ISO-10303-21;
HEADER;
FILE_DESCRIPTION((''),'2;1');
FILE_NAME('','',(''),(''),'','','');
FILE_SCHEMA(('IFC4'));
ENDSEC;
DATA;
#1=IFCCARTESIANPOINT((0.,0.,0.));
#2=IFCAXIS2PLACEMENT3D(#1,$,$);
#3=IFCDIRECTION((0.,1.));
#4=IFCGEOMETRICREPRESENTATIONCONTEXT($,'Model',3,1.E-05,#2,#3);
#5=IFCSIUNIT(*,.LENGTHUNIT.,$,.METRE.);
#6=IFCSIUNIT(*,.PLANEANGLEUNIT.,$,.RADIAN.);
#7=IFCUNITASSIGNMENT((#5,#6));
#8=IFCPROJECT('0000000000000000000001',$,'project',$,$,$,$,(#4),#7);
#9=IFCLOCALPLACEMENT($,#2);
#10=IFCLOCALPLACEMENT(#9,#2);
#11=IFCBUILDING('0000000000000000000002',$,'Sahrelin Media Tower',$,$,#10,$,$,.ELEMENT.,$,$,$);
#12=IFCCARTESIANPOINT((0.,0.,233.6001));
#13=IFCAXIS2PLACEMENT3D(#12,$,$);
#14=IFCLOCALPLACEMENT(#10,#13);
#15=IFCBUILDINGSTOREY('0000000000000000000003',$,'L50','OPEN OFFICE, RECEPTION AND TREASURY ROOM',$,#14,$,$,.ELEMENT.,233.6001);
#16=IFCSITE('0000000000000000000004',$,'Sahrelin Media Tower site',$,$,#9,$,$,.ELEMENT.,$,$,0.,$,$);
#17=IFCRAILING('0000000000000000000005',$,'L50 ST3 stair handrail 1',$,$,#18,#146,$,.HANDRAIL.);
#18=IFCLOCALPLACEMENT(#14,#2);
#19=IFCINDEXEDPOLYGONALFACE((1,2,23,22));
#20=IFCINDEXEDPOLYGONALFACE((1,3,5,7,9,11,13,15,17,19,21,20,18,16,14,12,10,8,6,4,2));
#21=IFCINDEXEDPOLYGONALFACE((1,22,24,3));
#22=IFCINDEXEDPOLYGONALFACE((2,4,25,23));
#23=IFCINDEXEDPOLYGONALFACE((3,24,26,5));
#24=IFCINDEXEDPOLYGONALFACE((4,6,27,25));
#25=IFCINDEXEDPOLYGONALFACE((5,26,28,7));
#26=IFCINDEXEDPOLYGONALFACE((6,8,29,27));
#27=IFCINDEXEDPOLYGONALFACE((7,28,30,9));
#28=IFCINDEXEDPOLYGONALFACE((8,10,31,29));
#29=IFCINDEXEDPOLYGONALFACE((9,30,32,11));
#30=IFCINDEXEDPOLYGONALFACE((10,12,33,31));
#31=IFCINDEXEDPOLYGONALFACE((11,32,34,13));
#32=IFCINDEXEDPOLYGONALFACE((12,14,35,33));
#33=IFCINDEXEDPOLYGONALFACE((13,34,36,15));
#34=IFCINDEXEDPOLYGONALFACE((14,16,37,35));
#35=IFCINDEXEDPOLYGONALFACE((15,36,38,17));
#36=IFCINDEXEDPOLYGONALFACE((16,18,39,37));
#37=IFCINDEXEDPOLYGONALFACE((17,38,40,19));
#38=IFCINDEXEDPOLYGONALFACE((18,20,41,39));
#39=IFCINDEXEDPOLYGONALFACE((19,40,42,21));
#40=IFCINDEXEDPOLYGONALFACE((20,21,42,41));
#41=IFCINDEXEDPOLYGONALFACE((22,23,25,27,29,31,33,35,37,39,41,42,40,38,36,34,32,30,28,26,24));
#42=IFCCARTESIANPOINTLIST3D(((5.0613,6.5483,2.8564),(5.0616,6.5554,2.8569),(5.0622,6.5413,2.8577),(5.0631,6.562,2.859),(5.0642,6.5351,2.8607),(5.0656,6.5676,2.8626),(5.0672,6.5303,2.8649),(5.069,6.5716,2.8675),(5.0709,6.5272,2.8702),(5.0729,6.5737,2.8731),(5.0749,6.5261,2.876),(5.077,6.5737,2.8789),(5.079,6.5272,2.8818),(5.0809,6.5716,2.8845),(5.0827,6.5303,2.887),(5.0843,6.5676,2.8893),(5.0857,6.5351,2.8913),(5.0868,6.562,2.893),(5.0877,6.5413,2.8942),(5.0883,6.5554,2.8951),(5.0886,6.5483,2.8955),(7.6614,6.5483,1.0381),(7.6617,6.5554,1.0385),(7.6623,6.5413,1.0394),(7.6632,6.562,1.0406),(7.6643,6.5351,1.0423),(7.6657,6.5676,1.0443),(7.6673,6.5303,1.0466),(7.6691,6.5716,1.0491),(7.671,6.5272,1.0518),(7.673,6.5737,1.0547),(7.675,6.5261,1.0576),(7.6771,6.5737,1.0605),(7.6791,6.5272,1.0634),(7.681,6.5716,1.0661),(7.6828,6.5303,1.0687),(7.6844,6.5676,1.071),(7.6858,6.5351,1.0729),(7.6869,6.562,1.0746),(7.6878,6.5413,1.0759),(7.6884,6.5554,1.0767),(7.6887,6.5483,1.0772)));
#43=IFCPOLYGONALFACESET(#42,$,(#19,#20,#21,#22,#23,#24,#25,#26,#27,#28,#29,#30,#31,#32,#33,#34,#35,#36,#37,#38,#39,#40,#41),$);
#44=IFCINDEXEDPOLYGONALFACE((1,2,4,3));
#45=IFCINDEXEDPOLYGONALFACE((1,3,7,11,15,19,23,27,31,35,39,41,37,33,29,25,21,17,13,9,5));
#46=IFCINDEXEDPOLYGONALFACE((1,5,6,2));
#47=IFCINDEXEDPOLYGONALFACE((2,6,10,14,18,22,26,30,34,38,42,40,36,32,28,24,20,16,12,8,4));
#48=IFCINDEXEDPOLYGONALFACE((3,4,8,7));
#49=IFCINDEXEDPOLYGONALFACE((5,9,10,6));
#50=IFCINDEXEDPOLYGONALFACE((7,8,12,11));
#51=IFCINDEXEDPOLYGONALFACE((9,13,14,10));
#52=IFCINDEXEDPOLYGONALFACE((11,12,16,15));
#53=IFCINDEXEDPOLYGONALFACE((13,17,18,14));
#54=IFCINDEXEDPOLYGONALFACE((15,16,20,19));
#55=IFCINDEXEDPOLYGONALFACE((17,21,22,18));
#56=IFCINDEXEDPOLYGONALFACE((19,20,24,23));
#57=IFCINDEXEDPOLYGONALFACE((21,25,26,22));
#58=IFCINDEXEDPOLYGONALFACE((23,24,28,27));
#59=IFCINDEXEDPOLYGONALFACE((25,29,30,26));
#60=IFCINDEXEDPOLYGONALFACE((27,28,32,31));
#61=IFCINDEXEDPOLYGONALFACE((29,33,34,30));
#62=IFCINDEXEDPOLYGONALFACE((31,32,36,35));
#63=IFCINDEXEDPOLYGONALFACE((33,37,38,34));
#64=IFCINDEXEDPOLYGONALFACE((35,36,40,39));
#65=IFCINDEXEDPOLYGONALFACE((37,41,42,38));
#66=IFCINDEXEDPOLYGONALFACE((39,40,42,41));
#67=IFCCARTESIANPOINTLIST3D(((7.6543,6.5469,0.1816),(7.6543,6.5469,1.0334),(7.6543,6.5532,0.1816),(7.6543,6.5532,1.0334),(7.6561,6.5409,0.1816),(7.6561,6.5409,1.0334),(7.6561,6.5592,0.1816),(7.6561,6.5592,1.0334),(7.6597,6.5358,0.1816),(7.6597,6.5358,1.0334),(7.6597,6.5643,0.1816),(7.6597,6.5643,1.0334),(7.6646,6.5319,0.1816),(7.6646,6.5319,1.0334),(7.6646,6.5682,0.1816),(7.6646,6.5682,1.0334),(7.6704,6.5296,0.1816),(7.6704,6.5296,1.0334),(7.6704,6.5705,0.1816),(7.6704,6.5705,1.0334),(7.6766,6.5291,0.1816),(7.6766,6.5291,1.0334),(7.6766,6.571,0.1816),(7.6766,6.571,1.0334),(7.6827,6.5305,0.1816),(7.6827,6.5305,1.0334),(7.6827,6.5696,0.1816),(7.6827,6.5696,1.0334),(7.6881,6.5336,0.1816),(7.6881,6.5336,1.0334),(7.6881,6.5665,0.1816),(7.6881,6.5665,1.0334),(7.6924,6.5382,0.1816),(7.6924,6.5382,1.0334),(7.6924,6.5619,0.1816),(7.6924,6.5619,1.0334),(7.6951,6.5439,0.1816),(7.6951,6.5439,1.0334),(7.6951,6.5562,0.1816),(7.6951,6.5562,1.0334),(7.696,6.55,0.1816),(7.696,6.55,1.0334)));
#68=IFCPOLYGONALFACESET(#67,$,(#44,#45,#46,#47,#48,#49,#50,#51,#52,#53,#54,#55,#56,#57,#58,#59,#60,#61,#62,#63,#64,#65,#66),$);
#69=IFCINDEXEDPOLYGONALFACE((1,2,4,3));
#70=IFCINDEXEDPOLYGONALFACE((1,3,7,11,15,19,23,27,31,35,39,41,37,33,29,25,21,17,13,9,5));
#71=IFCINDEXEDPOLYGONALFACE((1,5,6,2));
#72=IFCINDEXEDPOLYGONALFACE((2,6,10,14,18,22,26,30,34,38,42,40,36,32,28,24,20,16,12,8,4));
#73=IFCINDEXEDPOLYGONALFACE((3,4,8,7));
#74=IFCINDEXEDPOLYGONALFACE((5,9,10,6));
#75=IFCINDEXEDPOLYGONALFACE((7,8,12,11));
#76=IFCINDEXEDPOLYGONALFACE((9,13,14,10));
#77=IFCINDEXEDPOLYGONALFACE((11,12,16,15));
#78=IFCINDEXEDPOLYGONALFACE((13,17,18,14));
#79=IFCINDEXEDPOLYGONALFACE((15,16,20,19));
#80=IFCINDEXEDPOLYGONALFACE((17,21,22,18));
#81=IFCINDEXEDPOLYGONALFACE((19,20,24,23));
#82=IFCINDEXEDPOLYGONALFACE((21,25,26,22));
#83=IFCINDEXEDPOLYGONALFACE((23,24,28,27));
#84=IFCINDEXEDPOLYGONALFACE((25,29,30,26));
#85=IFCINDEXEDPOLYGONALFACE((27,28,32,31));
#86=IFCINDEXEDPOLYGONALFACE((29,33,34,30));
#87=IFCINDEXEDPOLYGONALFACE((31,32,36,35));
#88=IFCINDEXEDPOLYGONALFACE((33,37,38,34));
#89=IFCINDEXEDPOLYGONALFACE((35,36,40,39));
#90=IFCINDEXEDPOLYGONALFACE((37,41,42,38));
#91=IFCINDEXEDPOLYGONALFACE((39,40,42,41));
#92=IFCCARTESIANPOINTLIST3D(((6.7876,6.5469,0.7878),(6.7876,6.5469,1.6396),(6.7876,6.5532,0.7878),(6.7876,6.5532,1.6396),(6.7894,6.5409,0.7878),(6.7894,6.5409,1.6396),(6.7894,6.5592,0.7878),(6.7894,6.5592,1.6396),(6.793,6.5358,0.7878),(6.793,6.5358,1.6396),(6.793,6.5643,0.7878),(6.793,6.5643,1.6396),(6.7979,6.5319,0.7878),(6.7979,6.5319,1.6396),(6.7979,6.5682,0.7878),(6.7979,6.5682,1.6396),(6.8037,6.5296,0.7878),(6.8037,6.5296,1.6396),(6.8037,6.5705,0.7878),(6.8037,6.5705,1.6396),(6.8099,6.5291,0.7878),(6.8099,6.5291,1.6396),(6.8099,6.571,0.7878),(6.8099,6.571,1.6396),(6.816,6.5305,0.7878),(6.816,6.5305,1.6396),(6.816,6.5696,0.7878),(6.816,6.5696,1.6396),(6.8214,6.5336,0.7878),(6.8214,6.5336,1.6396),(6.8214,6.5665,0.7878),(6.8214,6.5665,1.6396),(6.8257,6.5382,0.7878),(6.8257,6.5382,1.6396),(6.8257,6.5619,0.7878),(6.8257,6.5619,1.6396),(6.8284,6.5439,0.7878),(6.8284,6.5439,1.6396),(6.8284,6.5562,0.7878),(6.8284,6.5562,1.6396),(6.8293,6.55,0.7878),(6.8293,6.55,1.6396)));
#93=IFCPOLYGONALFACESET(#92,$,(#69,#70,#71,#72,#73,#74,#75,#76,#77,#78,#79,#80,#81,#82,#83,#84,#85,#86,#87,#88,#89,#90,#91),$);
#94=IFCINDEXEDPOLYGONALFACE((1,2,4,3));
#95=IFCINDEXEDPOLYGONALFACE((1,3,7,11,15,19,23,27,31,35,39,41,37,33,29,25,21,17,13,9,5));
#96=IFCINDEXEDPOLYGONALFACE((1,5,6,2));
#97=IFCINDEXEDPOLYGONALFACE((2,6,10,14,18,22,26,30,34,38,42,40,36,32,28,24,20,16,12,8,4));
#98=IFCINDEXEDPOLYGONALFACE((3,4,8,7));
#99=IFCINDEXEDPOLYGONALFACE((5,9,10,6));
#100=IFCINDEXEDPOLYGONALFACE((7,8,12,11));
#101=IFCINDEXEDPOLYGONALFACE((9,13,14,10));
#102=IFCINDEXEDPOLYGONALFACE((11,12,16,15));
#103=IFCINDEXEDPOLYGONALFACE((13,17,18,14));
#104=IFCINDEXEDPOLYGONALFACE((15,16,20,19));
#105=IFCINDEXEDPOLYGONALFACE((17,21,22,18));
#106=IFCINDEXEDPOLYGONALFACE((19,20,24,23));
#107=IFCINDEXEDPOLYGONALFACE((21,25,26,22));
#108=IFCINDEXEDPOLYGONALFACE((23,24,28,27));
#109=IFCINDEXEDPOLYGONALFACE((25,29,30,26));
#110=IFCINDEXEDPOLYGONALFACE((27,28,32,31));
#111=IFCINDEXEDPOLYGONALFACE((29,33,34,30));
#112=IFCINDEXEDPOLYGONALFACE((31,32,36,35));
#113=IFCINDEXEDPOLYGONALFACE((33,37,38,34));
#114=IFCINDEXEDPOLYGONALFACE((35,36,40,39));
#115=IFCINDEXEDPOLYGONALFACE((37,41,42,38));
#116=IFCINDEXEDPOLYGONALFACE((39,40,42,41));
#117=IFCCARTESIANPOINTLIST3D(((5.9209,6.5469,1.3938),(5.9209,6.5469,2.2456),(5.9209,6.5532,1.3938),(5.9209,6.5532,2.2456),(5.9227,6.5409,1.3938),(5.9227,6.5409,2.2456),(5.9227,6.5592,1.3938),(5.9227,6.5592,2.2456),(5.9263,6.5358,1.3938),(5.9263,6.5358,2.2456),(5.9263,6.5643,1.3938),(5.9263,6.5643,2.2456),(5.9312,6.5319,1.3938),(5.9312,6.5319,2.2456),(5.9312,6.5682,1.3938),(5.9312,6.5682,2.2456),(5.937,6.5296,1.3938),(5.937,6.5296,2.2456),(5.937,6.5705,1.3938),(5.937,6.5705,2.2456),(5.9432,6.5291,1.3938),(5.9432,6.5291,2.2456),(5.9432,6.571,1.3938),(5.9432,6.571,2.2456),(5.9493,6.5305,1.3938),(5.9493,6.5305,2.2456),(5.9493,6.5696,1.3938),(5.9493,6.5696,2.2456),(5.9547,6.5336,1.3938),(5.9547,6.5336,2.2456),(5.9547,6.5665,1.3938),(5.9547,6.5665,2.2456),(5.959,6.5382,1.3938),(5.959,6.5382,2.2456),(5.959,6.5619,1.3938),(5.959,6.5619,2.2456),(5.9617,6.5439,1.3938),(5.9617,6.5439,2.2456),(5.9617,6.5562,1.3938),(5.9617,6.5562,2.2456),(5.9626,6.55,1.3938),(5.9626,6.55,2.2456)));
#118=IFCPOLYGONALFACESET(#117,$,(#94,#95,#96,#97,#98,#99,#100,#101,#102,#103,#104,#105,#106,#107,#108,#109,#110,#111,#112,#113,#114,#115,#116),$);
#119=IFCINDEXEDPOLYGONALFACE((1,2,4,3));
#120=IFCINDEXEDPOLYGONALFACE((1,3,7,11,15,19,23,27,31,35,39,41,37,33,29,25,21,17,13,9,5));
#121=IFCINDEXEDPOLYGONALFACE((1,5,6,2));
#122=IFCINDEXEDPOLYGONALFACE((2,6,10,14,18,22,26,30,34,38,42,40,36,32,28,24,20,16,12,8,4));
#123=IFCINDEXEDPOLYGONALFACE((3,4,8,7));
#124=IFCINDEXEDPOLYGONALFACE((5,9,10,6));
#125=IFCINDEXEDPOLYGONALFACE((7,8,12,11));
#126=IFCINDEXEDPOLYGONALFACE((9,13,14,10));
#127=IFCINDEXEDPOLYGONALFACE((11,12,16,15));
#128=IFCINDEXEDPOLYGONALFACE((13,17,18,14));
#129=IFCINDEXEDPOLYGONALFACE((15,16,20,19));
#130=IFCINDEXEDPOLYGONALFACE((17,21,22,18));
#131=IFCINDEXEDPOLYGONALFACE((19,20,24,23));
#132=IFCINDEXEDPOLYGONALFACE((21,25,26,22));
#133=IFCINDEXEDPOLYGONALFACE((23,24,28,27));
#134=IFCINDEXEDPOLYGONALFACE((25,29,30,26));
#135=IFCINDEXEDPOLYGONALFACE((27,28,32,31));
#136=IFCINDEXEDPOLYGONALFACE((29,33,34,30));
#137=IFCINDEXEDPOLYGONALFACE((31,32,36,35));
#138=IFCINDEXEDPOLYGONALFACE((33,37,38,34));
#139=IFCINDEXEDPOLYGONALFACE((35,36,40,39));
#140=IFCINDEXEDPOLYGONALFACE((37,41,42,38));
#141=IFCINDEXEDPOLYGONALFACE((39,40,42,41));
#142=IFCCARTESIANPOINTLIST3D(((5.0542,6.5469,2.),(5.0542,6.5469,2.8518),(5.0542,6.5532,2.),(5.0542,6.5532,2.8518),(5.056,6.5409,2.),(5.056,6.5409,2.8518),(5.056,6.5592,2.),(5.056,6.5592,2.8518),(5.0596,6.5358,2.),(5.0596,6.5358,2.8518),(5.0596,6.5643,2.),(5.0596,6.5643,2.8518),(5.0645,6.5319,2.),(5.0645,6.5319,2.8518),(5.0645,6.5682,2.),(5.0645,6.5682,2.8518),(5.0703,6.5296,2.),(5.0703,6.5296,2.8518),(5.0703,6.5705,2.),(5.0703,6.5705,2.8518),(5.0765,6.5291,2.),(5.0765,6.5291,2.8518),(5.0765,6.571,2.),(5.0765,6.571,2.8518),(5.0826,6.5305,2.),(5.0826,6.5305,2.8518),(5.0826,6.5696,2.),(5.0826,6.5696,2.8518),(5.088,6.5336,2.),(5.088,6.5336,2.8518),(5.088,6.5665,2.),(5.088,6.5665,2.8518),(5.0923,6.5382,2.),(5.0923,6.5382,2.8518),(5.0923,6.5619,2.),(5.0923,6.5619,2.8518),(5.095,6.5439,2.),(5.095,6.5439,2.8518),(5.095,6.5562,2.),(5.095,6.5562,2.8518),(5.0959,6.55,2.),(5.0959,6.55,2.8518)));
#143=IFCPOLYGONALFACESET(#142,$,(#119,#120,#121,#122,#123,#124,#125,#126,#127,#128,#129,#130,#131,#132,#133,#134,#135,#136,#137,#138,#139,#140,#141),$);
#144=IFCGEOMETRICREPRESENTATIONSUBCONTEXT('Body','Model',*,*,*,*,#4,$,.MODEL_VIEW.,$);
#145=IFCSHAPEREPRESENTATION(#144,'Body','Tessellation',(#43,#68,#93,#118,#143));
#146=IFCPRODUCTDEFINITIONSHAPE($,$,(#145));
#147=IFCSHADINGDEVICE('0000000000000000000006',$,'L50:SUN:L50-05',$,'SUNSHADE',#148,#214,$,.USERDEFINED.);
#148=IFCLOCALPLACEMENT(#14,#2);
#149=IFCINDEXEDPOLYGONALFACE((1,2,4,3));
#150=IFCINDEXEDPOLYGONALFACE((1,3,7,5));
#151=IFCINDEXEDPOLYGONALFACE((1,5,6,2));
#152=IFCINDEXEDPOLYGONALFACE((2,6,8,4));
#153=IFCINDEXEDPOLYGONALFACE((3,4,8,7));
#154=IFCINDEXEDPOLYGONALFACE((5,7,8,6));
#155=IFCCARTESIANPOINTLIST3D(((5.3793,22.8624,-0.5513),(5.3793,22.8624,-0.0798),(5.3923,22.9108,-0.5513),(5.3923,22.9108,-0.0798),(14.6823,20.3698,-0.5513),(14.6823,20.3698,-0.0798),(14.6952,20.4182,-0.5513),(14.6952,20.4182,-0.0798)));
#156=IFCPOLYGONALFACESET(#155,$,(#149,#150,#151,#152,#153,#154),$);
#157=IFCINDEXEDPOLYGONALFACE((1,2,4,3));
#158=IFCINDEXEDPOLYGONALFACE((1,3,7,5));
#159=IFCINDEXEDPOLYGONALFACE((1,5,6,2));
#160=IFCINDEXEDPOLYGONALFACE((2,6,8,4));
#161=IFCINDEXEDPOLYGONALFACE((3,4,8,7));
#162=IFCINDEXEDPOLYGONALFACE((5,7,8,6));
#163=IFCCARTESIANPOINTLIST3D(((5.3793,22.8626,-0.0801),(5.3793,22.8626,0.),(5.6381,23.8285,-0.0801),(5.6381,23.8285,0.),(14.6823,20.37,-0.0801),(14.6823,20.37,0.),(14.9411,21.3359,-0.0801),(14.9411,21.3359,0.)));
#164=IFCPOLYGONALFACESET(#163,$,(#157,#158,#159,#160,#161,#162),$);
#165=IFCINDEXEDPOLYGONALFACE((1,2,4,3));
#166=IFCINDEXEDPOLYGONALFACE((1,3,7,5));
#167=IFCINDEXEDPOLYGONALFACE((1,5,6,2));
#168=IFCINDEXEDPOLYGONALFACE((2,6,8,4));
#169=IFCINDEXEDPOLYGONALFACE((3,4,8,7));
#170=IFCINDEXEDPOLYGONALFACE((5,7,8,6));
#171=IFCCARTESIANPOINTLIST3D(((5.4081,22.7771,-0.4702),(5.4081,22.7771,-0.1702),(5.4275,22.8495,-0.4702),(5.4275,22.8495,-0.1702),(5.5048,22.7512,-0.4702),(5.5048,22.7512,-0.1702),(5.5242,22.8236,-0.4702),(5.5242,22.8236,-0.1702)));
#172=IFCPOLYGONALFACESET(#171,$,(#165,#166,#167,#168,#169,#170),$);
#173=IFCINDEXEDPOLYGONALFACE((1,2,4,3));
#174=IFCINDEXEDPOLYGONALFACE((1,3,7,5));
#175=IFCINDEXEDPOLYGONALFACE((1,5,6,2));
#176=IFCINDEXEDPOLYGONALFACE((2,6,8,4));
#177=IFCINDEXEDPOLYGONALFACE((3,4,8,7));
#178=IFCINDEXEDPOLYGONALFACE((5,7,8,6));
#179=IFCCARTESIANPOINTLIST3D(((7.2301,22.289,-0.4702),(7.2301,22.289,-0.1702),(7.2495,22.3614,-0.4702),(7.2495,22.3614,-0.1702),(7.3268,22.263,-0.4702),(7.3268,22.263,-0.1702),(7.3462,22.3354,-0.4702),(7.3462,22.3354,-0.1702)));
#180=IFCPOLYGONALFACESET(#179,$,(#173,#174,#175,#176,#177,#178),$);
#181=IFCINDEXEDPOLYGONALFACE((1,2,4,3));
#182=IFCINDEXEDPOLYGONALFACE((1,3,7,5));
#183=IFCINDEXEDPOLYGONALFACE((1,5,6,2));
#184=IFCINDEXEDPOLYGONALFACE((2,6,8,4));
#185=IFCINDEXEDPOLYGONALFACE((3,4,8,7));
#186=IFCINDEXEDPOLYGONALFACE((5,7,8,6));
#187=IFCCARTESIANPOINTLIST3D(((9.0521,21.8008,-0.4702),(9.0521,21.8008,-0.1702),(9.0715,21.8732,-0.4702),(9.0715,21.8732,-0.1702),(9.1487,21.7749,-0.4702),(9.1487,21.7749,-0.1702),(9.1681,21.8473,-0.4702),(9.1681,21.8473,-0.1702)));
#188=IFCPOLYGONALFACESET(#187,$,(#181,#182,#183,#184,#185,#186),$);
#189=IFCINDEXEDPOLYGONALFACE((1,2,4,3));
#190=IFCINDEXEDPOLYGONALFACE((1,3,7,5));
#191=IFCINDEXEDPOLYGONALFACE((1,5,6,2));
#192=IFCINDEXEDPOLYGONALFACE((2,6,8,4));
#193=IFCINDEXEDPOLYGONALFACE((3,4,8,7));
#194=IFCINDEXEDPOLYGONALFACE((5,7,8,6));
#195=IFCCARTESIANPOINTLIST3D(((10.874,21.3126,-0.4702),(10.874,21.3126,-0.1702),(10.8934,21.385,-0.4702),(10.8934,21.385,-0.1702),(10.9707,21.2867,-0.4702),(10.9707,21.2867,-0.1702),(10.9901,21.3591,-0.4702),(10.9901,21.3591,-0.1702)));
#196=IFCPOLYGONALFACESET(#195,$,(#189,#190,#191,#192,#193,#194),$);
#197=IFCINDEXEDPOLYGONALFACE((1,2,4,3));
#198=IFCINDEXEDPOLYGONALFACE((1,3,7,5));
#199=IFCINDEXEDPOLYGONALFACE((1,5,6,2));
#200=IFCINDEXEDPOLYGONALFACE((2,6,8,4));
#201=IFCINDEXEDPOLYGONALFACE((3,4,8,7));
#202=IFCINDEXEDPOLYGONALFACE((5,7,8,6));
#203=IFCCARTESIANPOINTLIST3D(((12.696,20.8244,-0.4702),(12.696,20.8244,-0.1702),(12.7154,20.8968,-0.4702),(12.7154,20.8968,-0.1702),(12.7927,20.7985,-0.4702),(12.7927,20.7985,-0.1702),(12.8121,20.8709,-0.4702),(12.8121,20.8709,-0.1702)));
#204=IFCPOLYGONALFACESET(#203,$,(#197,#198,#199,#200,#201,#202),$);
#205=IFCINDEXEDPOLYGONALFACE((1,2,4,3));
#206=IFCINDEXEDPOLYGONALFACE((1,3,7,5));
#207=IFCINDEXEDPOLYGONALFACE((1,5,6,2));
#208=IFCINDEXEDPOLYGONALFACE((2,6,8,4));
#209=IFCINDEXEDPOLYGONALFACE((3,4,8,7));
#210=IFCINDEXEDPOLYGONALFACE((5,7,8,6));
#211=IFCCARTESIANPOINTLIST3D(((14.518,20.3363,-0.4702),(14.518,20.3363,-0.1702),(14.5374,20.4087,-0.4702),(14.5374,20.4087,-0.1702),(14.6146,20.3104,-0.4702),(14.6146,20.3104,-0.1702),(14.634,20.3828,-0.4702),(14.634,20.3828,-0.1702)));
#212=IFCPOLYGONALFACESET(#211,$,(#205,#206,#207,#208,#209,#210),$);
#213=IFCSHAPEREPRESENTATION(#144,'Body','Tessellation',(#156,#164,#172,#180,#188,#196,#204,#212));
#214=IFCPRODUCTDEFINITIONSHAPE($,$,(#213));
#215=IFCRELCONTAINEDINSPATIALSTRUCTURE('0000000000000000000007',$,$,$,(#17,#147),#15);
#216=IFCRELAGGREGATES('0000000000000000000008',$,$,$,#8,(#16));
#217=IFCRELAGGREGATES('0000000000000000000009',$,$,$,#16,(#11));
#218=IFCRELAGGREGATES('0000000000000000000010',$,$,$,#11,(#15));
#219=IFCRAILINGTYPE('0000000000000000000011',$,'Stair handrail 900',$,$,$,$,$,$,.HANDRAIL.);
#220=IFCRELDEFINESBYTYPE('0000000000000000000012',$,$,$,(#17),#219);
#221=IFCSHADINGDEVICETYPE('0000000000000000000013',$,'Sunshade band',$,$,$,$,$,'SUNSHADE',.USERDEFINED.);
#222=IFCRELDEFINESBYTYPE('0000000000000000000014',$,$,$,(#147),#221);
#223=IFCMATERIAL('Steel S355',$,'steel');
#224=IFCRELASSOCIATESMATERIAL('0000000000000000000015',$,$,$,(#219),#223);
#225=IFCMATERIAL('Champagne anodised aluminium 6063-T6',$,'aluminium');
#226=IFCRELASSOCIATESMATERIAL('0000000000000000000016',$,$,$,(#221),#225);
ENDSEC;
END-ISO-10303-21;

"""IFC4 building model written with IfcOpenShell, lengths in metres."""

from ifc_helpers import new_model, si_unit, direction, frame, origin, origin_2d, place, context, subcontext, project, spatial, rectangle, circle, extrude, material, type_object, element, save


model = new_model("IFC4")

# Units and contexts
model_context = context("Model", 3, precision=1e-05, world=origin(), true_north=direction((0.0, 1.0)))
body_context = subcontext(model_context, "Body", "Model", "MODEL_VIEW")
ifc_project = project(units=[si_unit("LENGTHUNIT", "METRE"), si_unit("PLANEANGLEUNIT", "RADIAN")], contexts=[model_context])

# Site, building, storey
site_placement = place(None, origin())
site = spatial("IfcSite", under=ifc_project, at=site_placement, Name="Sahrelin Media Tower site", CompositionType="ELEMENT", RefElevation=0.0)
building_placement = place(site_placement, origin())
building = spatial("IfcBuilding", under=site, at=building_placement, Name="Sahrelin Media Tower", CompositionType="ELEMENT")
storey_placement = place(building_placement, frame((0.0, 0.0, 233.6001)))
storey = spatial("IfcBuildingStorey", under=building, at=storey_placement, Name="L50", Description="OPEN OFFICE, RECEPTION AND TREASURY ROOM", CompositionType="ELEMENT", Elevation=233.6001)

# Shared definitions
ifc_material_1 = material(Name="Steel S355", Category="steel")

# Shared definitions
ifc_material_2 = material(Name="Champagne anodised aluminium 6063-T6", Category="aluminium")

# Shared definitions
placement_1 = place(storey_placement, frame((10.0256, 21.5969, 0.0), z_axis=(0.0, 0.0, 1.0), x_axis=(0.965929, -0.258808, 0.0)))

# Railing
railing_type = type_object("IfcRailingType", Name="Stair handrail 900", PredefinedType="HANDRAIL", material=ifc_material_1)
railing_placement = place(storey_placement, frame((7.675, 6.55, 0.1816)))
element("IfcRailing", 1, at=railing_placement, inside=storey, type_object=railing_type, Name="L50 ST3 stair handrail 1", PredefinedType="HANDRAIL", context=body_context, shape_type="SweptSolid", body=[
    extrude(circle(Radius=0.0239, at=origin_2d()), frame((0.0, 0.0, 0.876), z_axis=(-0.819485, 0.0, 0.573101), x_axis=(0.0, -1.0, 0.0)), (0.0, 0.0, 1.0), 3.1729),
    extrude(circle(Radius=0.021, at=origin_2d()), origin(), (0.0, 0.0, 1.0), 0.8518),
    extrude(circle(Radius=0.021, at=origin_2d()), frame((-0.8667, 0.0, 0.6062)), (0.0, 0.0, 1.0), 0.8518),
    extrude(circle(Radius=0.021, at=origin_2d()), frame((-1.7334, 0.0, 1.2122)), (0.0, 0.0, 1.0), 0.8518),
    extrude(circle(Radius=0.021, at=origin_2d()), frame((-2.6001, 0.0, 1.8184)), (0.0, 0.0, 1.0), 0.8518),
])

# Shading device
shading_device_type_1 = type_object("IfcShadingDeviceType", Name="Sunshade band", ElementType="SUNSHADE", PredefinedType="USERDEFINED", material=ifc_material_2)
element("IfcShadingDevice", 2, at=placement_1, inside=storey, type_object=shading_device_type_1, Name="L50:SUN:L50-05", ObjectType="SUNSHADE", PredefinedType="USERDEFINED", context=body_context, shape_type="SweptSolid", body=[
    extrude(rectangle(XDim=9.6311, YDim=0.05, at=origin_2d()), frame((0.0, 0.0449, -0.5513)), (0.0, 0.0, 1.0), 0.4714),
    extrude(rectangle(XDim=9.6311, YDim=1.0, at=origin_2d()), frame((0.0, 0.52, -0.0801)), (0.0, 0.0, 1.0), 0.0801),
    extrude(rectangle(XDim=0.1001, YDim=0.075, at=origin_2d()), frame((-4.7156, -0.0176, -0.4702)), (0.0, 0.0, 1.0), 0.3),
    extrude(rectangle(XDim=0.1001, YDim=0.075, at=origin_2d()), frame((-2.8293, -0.0176, -0.4702)), (0.0, 0.0, 1.0), 0.3),
    extrude(rectangle(XDim=0.1001, YDim=0.075, at=origin_2d()), frame((-0.9431, -0.0176, -0.4702)), (0.0, 0.0, 1.0), 0.3),
    extrude(rectangle(XDim=0.1001, YDim=0.075, at=origin_2d()), frame((0.9431, -0.0176, -0.4702)), (0.0, 0.0, 1.0), 0.3),
    extrude(rectangle(XDim=0.1001, YDim=0.075, at=origin_2d()), frame((2.8293, -0.0176, -0.4702)), (0.0, 0.0, 1.0), 0.3),
    extrude(rectangle(XDim=0.1001, YDim=0.075, at=origin_2d()), frame((4.7156, -0.0176, -0.4702)), (0.0, 0.0, 1.0), 0.3),
])

save(model, "model.ifc")
